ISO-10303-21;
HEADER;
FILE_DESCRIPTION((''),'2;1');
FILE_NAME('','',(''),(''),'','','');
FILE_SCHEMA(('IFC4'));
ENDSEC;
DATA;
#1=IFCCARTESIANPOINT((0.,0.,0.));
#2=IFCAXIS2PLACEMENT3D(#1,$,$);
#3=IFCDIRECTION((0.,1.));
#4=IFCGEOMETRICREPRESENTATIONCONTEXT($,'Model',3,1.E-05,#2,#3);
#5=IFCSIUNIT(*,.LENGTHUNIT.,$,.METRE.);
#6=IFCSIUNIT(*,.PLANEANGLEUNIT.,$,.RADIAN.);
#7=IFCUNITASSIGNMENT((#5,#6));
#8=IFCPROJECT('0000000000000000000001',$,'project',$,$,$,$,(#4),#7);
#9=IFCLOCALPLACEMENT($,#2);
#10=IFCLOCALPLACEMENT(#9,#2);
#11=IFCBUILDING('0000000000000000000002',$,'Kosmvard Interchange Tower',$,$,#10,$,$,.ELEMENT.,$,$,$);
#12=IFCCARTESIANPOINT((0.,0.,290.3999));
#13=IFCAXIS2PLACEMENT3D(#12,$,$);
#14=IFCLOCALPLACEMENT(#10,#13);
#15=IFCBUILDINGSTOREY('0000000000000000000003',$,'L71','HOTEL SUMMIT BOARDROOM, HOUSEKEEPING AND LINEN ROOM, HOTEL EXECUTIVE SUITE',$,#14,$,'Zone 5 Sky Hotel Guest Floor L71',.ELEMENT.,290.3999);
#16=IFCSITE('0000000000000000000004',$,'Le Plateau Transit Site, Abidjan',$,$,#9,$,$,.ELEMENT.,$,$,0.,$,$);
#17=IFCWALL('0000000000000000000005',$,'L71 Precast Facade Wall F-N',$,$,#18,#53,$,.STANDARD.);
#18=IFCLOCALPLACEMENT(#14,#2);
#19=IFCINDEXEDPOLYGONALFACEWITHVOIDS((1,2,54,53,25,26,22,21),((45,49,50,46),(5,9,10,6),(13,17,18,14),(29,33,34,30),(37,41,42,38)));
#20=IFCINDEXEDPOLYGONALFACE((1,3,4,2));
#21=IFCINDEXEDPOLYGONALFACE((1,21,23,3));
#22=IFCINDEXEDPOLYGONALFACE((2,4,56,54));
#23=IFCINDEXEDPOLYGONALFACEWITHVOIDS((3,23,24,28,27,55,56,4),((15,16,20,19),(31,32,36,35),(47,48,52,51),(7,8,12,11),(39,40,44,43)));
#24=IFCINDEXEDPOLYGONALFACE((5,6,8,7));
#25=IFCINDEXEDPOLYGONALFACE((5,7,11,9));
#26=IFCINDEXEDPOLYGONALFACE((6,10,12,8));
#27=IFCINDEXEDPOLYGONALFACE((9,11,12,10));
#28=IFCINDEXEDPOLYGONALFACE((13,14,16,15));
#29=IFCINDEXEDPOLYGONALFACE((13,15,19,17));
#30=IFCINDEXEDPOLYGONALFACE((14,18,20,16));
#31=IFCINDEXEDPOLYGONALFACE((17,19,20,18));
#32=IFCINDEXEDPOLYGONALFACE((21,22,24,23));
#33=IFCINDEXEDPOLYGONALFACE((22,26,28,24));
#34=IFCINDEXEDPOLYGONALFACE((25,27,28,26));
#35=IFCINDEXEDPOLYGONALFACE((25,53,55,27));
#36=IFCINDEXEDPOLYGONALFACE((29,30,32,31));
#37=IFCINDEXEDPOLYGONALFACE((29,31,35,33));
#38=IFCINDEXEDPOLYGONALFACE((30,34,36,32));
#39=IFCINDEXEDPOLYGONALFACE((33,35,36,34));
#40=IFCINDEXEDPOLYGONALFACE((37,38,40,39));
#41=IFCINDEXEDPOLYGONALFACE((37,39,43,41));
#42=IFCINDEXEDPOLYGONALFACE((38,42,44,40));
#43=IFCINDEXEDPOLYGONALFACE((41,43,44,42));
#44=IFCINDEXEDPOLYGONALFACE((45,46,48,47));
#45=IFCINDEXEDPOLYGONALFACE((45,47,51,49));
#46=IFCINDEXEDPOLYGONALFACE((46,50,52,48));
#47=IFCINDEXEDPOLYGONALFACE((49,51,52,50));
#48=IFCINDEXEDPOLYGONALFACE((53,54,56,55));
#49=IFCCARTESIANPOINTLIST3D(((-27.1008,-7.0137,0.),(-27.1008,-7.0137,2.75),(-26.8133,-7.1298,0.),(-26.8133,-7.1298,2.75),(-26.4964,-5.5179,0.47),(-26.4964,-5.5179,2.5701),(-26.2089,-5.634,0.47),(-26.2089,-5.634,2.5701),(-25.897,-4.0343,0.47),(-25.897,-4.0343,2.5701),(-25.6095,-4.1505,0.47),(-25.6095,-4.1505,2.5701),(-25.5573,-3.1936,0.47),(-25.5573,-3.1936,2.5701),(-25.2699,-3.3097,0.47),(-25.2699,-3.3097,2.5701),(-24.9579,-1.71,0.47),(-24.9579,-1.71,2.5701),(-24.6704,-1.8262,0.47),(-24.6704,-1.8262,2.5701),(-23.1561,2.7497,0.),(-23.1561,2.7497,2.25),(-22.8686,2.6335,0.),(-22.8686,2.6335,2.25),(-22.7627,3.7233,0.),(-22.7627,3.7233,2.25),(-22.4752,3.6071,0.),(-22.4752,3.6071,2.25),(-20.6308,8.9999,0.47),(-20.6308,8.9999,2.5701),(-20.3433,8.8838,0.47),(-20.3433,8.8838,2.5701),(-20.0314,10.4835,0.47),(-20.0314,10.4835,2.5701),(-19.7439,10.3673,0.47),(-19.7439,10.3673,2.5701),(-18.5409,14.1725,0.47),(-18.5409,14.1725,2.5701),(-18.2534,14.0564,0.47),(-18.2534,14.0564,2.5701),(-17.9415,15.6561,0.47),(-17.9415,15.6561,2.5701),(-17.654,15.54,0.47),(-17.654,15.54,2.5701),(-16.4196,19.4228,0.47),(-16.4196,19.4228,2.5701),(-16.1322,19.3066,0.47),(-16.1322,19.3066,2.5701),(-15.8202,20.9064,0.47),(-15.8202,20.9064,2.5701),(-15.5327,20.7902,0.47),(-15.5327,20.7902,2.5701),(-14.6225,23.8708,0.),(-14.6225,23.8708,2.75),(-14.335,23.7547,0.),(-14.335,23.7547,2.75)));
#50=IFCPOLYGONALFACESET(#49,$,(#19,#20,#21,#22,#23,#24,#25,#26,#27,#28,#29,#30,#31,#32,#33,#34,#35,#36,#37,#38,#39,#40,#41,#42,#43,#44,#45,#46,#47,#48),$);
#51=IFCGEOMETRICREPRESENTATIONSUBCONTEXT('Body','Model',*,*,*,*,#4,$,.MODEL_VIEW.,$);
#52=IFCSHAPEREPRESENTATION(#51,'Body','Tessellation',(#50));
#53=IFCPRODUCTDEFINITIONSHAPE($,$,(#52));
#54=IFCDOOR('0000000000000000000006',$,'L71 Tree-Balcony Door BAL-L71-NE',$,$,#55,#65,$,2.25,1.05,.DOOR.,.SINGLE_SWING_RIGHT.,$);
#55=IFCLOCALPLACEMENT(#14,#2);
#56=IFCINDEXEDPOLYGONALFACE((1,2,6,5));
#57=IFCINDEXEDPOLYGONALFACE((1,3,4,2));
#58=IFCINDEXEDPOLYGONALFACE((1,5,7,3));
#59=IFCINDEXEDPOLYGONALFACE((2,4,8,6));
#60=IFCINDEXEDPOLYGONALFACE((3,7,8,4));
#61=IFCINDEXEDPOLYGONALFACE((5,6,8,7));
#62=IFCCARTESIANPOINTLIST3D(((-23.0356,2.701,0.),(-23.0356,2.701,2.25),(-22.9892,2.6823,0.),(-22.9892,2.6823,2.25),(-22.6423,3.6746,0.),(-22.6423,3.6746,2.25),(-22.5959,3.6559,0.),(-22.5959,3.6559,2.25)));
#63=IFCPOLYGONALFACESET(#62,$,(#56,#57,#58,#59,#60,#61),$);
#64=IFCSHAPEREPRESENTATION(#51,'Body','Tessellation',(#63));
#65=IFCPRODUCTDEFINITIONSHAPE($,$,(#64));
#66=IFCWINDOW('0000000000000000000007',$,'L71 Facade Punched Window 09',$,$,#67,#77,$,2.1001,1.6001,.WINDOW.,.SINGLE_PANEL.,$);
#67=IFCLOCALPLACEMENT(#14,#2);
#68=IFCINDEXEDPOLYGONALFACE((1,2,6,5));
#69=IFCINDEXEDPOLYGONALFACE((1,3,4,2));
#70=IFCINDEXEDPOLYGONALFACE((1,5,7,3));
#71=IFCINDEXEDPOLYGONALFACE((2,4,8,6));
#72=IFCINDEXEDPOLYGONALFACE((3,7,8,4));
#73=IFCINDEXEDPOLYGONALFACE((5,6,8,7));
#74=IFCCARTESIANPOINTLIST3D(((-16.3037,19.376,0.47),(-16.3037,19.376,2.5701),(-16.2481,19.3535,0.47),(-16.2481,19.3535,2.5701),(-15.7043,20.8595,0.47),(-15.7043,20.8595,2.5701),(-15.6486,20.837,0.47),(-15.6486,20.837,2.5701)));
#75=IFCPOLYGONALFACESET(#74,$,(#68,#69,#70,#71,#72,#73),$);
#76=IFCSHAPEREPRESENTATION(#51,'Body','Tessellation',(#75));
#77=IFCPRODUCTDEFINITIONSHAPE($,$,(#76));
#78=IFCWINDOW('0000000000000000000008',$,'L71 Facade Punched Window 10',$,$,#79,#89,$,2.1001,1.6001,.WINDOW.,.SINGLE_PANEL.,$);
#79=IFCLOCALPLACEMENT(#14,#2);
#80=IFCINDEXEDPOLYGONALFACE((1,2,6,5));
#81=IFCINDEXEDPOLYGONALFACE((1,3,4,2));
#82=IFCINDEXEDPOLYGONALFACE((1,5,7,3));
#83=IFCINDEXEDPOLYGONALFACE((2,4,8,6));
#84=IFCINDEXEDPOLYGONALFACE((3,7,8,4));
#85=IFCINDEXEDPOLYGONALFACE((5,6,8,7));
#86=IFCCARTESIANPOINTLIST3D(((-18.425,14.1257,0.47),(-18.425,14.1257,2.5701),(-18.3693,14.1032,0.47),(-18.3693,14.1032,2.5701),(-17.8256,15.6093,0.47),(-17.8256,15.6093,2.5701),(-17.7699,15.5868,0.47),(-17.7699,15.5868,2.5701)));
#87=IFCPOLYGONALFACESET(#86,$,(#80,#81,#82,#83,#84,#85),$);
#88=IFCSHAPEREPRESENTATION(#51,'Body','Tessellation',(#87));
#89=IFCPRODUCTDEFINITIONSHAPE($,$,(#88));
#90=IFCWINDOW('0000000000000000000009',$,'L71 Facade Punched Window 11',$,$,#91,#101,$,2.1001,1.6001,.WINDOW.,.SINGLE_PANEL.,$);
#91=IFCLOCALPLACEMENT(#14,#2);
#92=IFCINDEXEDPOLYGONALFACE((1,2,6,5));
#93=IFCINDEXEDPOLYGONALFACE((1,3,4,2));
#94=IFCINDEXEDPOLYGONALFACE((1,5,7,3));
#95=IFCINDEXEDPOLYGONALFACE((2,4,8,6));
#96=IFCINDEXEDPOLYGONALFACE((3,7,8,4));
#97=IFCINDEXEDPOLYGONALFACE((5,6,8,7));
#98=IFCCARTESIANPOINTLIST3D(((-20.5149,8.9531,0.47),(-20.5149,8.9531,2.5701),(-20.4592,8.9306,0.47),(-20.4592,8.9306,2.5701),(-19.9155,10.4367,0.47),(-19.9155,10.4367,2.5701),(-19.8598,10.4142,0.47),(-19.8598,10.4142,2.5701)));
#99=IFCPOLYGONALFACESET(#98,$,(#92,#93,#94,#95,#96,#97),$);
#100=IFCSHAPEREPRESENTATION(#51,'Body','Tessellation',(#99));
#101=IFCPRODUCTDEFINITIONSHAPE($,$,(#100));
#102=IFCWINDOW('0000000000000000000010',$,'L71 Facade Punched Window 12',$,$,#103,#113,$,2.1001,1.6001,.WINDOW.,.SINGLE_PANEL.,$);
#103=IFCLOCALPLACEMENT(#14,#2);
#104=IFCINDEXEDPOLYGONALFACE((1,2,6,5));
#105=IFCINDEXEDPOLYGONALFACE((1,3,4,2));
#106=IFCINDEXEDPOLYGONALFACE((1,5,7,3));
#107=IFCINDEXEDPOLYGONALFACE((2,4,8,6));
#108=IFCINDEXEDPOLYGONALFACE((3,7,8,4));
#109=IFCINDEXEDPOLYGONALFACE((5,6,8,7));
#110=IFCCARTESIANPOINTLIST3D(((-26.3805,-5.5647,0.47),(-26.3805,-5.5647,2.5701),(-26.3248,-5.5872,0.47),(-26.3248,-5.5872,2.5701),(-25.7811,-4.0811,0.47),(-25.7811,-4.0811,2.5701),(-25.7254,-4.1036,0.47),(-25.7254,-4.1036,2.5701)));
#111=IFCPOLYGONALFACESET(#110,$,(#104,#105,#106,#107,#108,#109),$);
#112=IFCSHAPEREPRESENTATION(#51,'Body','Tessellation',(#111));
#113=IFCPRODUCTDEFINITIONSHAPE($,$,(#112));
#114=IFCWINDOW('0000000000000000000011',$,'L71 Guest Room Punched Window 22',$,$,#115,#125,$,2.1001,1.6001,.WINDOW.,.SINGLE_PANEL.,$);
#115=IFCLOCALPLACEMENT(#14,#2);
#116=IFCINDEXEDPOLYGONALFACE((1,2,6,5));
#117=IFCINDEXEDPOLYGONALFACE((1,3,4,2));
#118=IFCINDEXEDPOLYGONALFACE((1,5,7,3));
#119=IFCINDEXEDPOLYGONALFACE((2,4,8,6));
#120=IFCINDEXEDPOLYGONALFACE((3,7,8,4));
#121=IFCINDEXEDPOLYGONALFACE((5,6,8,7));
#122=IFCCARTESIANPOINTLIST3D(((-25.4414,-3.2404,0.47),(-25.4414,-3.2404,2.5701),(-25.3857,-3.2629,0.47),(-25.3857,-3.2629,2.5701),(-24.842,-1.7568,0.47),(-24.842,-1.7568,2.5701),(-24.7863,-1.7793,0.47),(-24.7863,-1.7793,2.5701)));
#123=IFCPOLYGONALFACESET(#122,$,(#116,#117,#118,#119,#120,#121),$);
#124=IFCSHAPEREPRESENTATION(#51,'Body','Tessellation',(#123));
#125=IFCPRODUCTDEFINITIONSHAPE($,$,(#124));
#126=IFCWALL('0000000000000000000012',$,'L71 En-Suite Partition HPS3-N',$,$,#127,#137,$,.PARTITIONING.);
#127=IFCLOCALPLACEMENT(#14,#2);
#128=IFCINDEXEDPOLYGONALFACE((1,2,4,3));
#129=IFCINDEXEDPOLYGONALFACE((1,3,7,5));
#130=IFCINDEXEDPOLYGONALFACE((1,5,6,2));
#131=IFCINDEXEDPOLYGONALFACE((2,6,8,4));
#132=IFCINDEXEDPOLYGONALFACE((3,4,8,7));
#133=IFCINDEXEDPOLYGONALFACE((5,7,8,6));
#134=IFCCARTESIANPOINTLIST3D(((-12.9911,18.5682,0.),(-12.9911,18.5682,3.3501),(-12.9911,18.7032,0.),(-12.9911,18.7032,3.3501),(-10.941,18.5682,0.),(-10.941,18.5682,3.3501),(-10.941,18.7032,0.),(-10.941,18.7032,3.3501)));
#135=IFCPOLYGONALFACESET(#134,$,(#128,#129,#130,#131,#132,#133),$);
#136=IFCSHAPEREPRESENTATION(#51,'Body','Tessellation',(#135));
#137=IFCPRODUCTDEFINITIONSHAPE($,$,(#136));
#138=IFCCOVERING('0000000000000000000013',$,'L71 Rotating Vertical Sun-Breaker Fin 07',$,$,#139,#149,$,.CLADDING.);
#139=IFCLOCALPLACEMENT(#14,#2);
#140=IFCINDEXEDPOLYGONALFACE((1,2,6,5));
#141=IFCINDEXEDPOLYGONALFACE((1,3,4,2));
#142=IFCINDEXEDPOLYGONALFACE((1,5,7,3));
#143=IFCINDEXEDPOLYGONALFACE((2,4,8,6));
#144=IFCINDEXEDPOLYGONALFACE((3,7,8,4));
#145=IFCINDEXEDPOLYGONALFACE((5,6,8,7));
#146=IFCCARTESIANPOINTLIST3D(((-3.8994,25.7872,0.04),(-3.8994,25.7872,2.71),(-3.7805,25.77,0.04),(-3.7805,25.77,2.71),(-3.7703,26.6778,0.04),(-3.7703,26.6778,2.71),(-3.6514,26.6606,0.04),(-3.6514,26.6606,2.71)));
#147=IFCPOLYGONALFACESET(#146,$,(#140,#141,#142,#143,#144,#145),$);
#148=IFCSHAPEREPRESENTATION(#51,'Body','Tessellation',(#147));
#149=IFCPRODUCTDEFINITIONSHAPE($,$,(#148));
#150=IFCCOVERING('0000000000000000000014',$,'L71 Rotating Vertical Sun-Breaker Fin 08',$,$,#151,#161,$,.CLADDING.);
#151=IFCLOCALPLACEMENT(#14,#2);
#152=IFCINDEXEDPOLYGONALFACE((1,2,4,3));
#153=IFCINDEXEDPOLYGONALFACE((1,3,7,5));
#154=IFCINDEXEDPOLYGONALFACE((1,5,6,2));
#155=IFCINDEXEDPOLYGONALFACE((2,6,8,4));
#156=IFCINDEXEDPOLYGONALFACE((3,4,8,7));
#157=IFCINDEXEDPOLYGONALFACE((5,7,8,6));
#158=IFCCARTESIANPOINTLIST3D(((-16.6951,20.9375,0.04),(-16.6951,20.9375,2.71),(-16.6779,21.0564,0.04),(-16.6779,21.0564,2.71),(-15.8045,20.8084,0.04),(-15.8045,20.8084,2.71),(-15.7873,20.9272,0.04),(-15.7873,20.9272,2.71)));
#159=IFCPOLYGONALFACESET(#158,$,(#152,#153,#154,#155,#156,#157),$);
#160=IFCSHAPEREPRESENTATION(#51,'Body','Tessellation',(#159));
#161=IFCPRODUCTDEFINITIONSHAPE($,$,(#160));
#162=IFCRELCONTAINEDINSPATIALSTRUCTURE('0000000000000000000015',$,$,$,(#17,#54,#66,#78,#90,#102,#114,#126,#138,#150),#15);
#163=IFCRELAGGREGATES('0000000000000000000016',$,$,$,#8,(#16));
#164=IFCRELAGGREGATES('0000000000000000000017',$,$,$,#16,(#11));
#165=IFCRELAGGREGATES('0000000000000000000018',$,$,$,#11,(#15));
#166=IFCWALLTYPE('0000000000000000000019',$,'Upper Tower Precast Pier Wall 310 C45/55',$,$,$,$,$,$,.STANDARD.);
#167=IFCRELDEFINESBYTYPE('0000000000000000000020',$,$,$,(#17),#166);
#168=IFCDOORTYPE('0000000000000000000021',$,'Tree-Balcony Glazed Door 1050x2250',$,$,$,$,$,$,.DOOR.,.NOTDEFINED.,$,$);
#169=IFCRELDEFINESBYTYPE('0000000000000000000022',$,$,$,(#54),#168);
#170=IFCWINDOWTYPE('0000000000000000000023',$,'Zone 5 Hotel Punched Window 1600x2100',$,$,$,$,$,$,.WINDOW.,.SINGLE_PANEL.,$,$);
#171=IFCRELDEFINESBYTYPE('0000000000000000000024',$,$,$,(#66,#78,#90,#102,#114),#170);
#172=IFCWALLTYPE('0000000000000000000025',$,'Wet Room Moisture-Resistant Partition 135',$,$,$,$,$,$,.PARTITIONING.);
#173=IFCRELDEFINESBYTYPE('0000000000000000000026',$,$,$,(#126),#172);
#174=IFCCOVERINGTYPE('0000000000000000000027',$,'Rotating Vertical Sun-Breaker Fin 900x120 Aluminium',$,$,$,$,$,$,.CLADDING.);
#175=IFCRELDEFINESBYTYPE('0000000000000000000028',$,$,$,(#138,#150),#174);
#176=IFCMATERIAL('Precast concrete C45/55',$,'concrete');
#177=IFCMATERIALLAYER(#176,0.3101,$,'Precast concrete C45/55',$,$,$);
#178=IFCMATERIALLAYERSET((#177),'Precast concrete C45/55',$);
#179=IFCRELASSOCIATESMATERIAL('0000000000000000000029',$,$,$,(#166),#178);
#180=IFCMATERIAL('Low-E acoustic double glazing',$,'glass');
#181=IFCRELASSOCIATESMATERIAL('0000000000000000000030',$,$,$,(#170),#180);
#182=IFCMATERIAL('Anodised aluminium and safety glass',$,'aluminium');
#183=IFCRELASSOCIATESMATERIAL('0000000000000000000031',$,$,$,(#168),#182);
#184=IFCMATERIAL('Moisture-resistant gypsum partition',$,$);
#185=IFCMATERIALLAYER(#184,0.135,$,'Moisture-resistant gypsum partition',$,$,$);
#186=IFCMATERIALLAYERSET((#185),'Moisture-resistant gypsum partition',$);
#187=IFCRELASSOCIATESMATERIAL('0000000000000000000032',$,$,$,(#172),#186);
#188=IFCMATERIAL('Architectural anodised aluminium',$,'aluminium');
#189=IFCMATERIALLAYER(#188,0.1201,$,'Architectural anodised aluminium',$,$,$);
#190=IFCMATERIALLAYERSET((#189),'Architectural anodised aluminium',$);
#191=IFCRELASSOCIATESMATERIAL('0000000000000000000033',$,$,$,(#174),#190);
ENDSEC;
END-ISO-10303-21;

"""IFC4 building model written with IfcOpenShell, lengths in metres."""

from ifc_helpers import new_model, si_unit, direction, frame, frame_2d, origin, origin_2d, place, context, subcontext, project, spatial, rectangle, extrude, source, transform, mapped, material, layer, layer_set, type_object, element, fill, save


model = new_model("IFC4")

# Units and contexts
model_context = context("Model", 3, precision=1e-05, world=origin(), true_north=direction((0.0, 1.0)))
body_context = subcontext(model_context, "Body", "Model", "MODEL_VIEW")
ifc_project = project(units=[si_unit("LENGTHUNIT", "METRE"), si_unit("PLANEANGLEUNIT", "RADIAN")], contexts=[model_context])

# Site, building, storey
site_placement = place(None, origin())
site = spatial("IfcSite", under=ifc_project, at=site_placement, Name="Le Plateau Transit Site, Abidjan", CompositionType="ELEMENT", RefElevation=0.0)
building_placement = place(site_placement, origin())
building = spatial("IfcBuilding", under=site, at=building_placement, Name="Kosmvard Interchange Tower", CompositionType="ELEMENT")
storey_placement = place(building_placement, frame((0.0, 0.0, 290.3999)))
storey = spatial("IfcBuildingStorey", under=building, at=storey_placement, Name="L71", Description="HOTEL SUMMIT BOARDROOM, HOUSEKEEPING AND LINEN ROOM, HOTEL EXECUTIVE SUITE", LongName="Zone 5 Sky Hotel Guest Floor L71", CompositionType="ELEMENT", Elevation=290.3999)

# Shared definitions
ifc_material_1 = material(Name="Precast concrete C45/55", Category="concrete")

# Shared definitions
ifc_layer_1 = layer(ifc_material_1, 0.3101, Name="Precast concrete C45/55")
ifc_layer_set_1 = layer_set([ifc_layer_1], Name="Precast concrete C45/55")
wall_type_1 = type_object("IfcWallType", Name="Upper Tower Precast Pier Wall 310 C45/55", PredefinedType="STANDARD", material=ifc_layer_set_1)

# Shared definitions
ifc_material_2 = material(Name="Low-E acoustic double glazing", Category="glass")
window_type = type_object("IfcWindowType", Name="Zone 5 Hotel Punched Window 1600x2100", PartitioningType="SINGLE_PANEL", PredefinedType="WINDOW", material=ifc_material_2)
shared_shape_1 = source(origin(), body_context, "Body", "SweptSolid", [
    extrude(rectangle(XDim=1.6001, YDim=2.1001, at=frame_2d((0.8, 1.05))), frame((0.0, 0.03, 0.0), z_axis=(0.0, -1.0, 0.0), x_axis=(1.0, 0.0, 0.0)), (0.0, 0.0, 1.0), 0.0601),
])

# Wall, openings, door, windows
wall_1_placement = place(storey_placement, frame((-14.4788, 23.8127, 0.0), z_axis=(0.0, 0.0, 1.0), x_axis=(-0.37461, -0.927183, 0.0)))
wall_1 = element("IfcWall", 1, at=wall_1_placement, inside=storey, type_object=wall_type_1, Name="L71 Precast Facade Wall F-N", PredefinedType="STANDARD", context=body_context, shape_type="SweptSolid", body=[
    extrude(rectangle(XDim=33.3101, YDim=0.3101, at=frame_2d((16.655, 0.0))), origin(), (0.0, 0.0, 1.0), 2.75),
])
opening_1_placement = place(wall_1_placement, frame((21.73, 0.0, 0.0)))
opening_1 = element("IfcOpeningElement", 2, at=opening_1_placement, cuts=wall_1, PredefinedType="OPENING", context=body_context, shape_type="SweptSolid", body=[
    extrude(rectangle(XDim=1.05, YDim=2.25, at=frame_2d((0.5249, 1.125))), frame((0.0, 0.165, 0.0), z_axis=(0.0, -1.0, 0.0), x_axis=(1.0, 0.0, 0.0)), (0.0, 0.0, 1.0), 0.3301),
])
opening_2_placement = place(wall_1_placement, frame((3.1973, 0.0, 0.47)))
opening_2 = element("IfcOpeningElement", 3, at=opening_2_placement, cuts=wall_1, PredefinedType="OPENING", context=body_context, shape_type="SweptSolid", body=[
    extrude(rectangle(XDim=1.6001, YDim=2.1001, at=frame_2d((0.8, 1.05))), frame((0.0, 0.165, 0.0), z_axis=(0.0, -1.0, 0.0), x_axis=(1.0, 0.0, 0.0)), (0.0, 0.0, 1.0), 0.3301),
])
opening_3_placement = place(wall_1_placement, frame((8.8599, 0.0, 0.47)))
opening_3 = element("IfcOpeningElement", 4, at=opening_3_placement, cuts=wall_1, PredefinedType="OPENING", context=body_context, shape_type="SweptSolid", body=[
    extrude(rectangle(XDim=1.6001, YDim=2.1001, at=frame_2d((0.8, 1.05))), frame((0.0, 0.165, 0.0), z_axis=(0.0, -1.0, 0.0), x_axis=(1.0, 0.0, 0.0)), (0.0, 0.0, 1.0), 0.3301),
])
opening_4_placement = place(wall_1_placement, frame((14.4387, 0.0, 0.47)))
opening_4 = element("IfcOpeningElement", 5, at=opening_4_placement, cuts=wall_1, PredefinedType="OPENING", context=body_context, shape_type="SweptSolid", body=[
    extrude(rectangle(XDim=1.6001, YDim=2.1001, at=frame_2d((0.8, 1.05))), frame((0.0, 0.165, 0.0), z_axis=(0.0, -1.0, 0.0), x_axis=(1.0, 0.0, 0.0)), (0.0, 0.0, 1.0), 0.3301),
])
opening_5_placement = place(wall_1_placement, frame((30.0967, 0.0, 0.47)))
opening_5 = element("IfcOpeningElement", 6, at=opening_5_placement, cuts=wall_1, PredefinedType="OPENING", context=body_context, shape_type="SweptSolid", body=[
    extrude(rectangle(XDim=1.6001, YDim=2.1001, at=frame_2d((0.8, 1.05))), frame((0.0, 0.165, 0.0), z_axis=(0.0, -1.0, 0.0), x_axis=(1.0, 0.0, 0.0)), (0.0, 0.0, 1.0), 0.3301),
])
opening_6_placement = place(wall_1_placement, frame((27.5898, 0.0, 0.47)))
opening_6 = element("IfcOpeningElement", 7, at=opening_6_placement, cuts=wall_1, PredefinedType="OPENING", context=body_context, shape_type="SweptSolid", body=[
    extrude(rectangle(XDim=1.6001, YDim=2.1001, at=frame_2d((0.8, 1.05))), frame((0.0, 0.165, 0.0), z_axis=(0.0, -1.0, 0.0), x_axis=(1.0, 0.0, 0.0)), (0.0, 0.0, 1.0), 0.3301),
])
ifc_material_3 = material(Name="Anodised aluminium and safety glass", Category="aluminium")
door_type = type_object("IfcDoorType", Name="Tree-Balcony Glazed Door 1050x2250", OperationType="NOTDEFINED", PredefinedType="DOOR", material=ifc_material_3)
shared_shape_2 = source(origin(), body_context, "Body", "SweptSolid", [
    extrude(rectangle(XDim=1.05, YDim=2.25, at=frame_2d((0.5249, 1.125))), frame((0.0, 0.0249, 0.0), z_axis=(0.0, -1.0, 0.0), x_axis=(1.0, 0.0, 0.0)), (0.0, 0.0, 1.0), 0.05),
])
door_placement = place(opening_1_placement, origin())
door = element("IfcDoor", 8, at=door_placement, inside=storey, type_object=door_type, Name="L71 Tree-Balcony Door BAL-L71-NE", OperationType="SINGLE_SWING_RIGHT", OverallHeight=2.25, OverallWidth=1.05, PredefinedType="DOOR", context=body_context, shape_type="MappedRepresentation", body=[
    mapped(shared_shape_2, transform((0.0, 0.0, 0.0), scale=1.0)),
])
fill(opening_1, door)
window_1_placement = place(opening_2_placement, origin())
window_1 = element("IfcWindow", 9, at=window_1_placement, inside=storey, type_object=window_type, Name="L71 Facade Punched Window 09", OverallHeight=2.1001, OverallWidth=1.6001, PartitioningType="SINGLE_PANEL", PredefinedType="WINDOW", context=body_context, shape_type="MappedRepresentation", body=[
    mapped(shared_shape_1, transform((0.0, 0.0, 0.0), scale=1.0)),
])
fill(opening_2, window_1)
window_2_placement = place(opening_3_placement, origin())
window_2 = element("IfcWindow", 10, at=window_2_placement, inside=storey, type_object=window_type, Name="L71 Facade Punched Window 10", OverallHeight=2.1001, OverallWidth=1.6001, PartitioningType="SINGLE_PANEL", PredefinedType="WINDOW", context=body_context, shape_type="MappedRepresentation", body=[
    mapped(shared_shape_1, transform((0.0, 0.0, 0.0), scale=1.0)),
])
fill(opening_3, window_2)
window_3_placement = place(opening_4_placement, origin())
window_3 = element("IfcWindow", 11, at=window_3_placement, inside=storey, type_object=window_type, Name="L71 Facade Punched Window 11", OverallHeight=2.1001, OverallWidth=1.6001, PartitioningType="SINGLE_PANEL", PredefinedType="WINDOW", context=body_context, shape_type="MappedRepresentation", body=[
    mapped(shared_shape_1, transform((0.0, 0.0, 0.0), scale=1.0)),
])
fill(opening_4, window_3)
window_4_placement = place(opening_5_placement, origin())
window_4 = element("IfcWindow", 12, at=window_4_placement, inside=storey, type_object=window_type, Name="L71 Facade Punched Window 12", OverallHeight=2.1001, OverallWidth=1.6001, PartitioningType="SINGLE_PANEL", PredefinedType="WINDOW", context=body_context, shape_type="MappedRepresentation", body=[
    mapped(shared_shape_1, transform((0.0, 0.0, 0.0), scale=1.0)),
])
fill(opening_5, window_4)
window_5_placement = place(opening_6_placement, origin())
window_5 = element("IfcWindow", 13, at=window_5_placement, inside=storey, type_object=window_type, Name="L71 Guest Room Punched Window 22", OverallHeight=2.1001, OverallWidth=1.6001, PartitioningType="SINGLE_PANEL", PredefinedType="WINDOW", context=body_context, shape_type="MappedRepresentation", body=[
    mapped(shared_shape_1, transform((0.0, 0.0, 0.0), scale=1.0)),
])
fill(opening_6, window_5)

# Wall
ifc_material_4 = material(Name="Moisture-resistant gypsum partition")
ifc_layer_2 = layer(ifc_material_4, 0.135, Name="Moisture-resistant gypsum partition")
ifc_layer_set_2 = layer_set([ifc_layer_2], Name="Moisture-resistant gypsum partition")
wall_type_2 = type_object("IfcWallType", Name="Wet Room Moisture-Resistant Partition 135", PredefinedType="PARTITIONING", material=ifc_layer_set_2)
wall_2_placement = place(storey_placement, frame((-12.991, 18.6357, 0.0), z_axis=(0.0, 0.0, 1.0), x_axis=(1.0, 0.0, 0.0)))
element("IfcWall", 14, at=wall_2_placement, inside=storey, type_object=wall_type_2, Name="L71 En-Suite Partition HPS3-N", PredefinedType="PARTITIONING", context=body_context, shape_type="SweptSolid", body=[
    extrude(rectangle(XDim=2.05, YDim=0.135, at=frame_2d((1.0249, 0.0))), origin(), (0.0, 0.0, 1.0), 3.3501),
])

# Coverings
ifc_material_5 = material(Name="Architectural anodised aluminium", Category="aluminium")
ifc_layer_3 = layer(ifc_material_5, 0.1201, Name="Architectural anodised aluminium")
ifc_layer_set_3 = layer_set([ifc_layer_3], Name="Architectural anodised aluminium")
covering_type = type_object("IfcCoveringType", Name="Rotating Vertical Sun-Breaker Fin 900x120 Aluminium", PredefinedType="CLADDING", material=ifc_layer_set_3)
shared_shape_3 = source(origin(), body_context, "Body", "SweptSolid", [
    extrude(rectangle(XDim=0.8999, YDim=0.1201, at=origin_2d()), origin(), (0.0, 0.0, 1.0), 2.6699),
])
for number, where, z_axis, x_axis, name in (
    (15, (-3.7754, 26.2239, 0.04), (0.0, 0.0, 1.0), (0.143493, 0.989651, 0.0), "L71 Rotating Vertical Sun-Breaker Fin 07"),
    (16, (-16.2412, 20.9324, 0.04), (0.0, 0.0, 1.0), (-0.989651, 0.143493, 0.0), "L71 Rotating Vertical Sun-Breaker Fin 08"),
):
    element("IfcCovering", number, at=place(storey_placement, frame(where, z_axis=z_axis, x_axis=x_axis)), inside=storey, type_object=covering_type, Name=name, PredefinedType="CLADDING", context=body_context, shape_type="MappedRepresentation", body=[
        mapped(shared_shape_3, transform((0.0, 0.0, 0.0), scale=1.0)),
    ])

save(model, "model.ifc")
